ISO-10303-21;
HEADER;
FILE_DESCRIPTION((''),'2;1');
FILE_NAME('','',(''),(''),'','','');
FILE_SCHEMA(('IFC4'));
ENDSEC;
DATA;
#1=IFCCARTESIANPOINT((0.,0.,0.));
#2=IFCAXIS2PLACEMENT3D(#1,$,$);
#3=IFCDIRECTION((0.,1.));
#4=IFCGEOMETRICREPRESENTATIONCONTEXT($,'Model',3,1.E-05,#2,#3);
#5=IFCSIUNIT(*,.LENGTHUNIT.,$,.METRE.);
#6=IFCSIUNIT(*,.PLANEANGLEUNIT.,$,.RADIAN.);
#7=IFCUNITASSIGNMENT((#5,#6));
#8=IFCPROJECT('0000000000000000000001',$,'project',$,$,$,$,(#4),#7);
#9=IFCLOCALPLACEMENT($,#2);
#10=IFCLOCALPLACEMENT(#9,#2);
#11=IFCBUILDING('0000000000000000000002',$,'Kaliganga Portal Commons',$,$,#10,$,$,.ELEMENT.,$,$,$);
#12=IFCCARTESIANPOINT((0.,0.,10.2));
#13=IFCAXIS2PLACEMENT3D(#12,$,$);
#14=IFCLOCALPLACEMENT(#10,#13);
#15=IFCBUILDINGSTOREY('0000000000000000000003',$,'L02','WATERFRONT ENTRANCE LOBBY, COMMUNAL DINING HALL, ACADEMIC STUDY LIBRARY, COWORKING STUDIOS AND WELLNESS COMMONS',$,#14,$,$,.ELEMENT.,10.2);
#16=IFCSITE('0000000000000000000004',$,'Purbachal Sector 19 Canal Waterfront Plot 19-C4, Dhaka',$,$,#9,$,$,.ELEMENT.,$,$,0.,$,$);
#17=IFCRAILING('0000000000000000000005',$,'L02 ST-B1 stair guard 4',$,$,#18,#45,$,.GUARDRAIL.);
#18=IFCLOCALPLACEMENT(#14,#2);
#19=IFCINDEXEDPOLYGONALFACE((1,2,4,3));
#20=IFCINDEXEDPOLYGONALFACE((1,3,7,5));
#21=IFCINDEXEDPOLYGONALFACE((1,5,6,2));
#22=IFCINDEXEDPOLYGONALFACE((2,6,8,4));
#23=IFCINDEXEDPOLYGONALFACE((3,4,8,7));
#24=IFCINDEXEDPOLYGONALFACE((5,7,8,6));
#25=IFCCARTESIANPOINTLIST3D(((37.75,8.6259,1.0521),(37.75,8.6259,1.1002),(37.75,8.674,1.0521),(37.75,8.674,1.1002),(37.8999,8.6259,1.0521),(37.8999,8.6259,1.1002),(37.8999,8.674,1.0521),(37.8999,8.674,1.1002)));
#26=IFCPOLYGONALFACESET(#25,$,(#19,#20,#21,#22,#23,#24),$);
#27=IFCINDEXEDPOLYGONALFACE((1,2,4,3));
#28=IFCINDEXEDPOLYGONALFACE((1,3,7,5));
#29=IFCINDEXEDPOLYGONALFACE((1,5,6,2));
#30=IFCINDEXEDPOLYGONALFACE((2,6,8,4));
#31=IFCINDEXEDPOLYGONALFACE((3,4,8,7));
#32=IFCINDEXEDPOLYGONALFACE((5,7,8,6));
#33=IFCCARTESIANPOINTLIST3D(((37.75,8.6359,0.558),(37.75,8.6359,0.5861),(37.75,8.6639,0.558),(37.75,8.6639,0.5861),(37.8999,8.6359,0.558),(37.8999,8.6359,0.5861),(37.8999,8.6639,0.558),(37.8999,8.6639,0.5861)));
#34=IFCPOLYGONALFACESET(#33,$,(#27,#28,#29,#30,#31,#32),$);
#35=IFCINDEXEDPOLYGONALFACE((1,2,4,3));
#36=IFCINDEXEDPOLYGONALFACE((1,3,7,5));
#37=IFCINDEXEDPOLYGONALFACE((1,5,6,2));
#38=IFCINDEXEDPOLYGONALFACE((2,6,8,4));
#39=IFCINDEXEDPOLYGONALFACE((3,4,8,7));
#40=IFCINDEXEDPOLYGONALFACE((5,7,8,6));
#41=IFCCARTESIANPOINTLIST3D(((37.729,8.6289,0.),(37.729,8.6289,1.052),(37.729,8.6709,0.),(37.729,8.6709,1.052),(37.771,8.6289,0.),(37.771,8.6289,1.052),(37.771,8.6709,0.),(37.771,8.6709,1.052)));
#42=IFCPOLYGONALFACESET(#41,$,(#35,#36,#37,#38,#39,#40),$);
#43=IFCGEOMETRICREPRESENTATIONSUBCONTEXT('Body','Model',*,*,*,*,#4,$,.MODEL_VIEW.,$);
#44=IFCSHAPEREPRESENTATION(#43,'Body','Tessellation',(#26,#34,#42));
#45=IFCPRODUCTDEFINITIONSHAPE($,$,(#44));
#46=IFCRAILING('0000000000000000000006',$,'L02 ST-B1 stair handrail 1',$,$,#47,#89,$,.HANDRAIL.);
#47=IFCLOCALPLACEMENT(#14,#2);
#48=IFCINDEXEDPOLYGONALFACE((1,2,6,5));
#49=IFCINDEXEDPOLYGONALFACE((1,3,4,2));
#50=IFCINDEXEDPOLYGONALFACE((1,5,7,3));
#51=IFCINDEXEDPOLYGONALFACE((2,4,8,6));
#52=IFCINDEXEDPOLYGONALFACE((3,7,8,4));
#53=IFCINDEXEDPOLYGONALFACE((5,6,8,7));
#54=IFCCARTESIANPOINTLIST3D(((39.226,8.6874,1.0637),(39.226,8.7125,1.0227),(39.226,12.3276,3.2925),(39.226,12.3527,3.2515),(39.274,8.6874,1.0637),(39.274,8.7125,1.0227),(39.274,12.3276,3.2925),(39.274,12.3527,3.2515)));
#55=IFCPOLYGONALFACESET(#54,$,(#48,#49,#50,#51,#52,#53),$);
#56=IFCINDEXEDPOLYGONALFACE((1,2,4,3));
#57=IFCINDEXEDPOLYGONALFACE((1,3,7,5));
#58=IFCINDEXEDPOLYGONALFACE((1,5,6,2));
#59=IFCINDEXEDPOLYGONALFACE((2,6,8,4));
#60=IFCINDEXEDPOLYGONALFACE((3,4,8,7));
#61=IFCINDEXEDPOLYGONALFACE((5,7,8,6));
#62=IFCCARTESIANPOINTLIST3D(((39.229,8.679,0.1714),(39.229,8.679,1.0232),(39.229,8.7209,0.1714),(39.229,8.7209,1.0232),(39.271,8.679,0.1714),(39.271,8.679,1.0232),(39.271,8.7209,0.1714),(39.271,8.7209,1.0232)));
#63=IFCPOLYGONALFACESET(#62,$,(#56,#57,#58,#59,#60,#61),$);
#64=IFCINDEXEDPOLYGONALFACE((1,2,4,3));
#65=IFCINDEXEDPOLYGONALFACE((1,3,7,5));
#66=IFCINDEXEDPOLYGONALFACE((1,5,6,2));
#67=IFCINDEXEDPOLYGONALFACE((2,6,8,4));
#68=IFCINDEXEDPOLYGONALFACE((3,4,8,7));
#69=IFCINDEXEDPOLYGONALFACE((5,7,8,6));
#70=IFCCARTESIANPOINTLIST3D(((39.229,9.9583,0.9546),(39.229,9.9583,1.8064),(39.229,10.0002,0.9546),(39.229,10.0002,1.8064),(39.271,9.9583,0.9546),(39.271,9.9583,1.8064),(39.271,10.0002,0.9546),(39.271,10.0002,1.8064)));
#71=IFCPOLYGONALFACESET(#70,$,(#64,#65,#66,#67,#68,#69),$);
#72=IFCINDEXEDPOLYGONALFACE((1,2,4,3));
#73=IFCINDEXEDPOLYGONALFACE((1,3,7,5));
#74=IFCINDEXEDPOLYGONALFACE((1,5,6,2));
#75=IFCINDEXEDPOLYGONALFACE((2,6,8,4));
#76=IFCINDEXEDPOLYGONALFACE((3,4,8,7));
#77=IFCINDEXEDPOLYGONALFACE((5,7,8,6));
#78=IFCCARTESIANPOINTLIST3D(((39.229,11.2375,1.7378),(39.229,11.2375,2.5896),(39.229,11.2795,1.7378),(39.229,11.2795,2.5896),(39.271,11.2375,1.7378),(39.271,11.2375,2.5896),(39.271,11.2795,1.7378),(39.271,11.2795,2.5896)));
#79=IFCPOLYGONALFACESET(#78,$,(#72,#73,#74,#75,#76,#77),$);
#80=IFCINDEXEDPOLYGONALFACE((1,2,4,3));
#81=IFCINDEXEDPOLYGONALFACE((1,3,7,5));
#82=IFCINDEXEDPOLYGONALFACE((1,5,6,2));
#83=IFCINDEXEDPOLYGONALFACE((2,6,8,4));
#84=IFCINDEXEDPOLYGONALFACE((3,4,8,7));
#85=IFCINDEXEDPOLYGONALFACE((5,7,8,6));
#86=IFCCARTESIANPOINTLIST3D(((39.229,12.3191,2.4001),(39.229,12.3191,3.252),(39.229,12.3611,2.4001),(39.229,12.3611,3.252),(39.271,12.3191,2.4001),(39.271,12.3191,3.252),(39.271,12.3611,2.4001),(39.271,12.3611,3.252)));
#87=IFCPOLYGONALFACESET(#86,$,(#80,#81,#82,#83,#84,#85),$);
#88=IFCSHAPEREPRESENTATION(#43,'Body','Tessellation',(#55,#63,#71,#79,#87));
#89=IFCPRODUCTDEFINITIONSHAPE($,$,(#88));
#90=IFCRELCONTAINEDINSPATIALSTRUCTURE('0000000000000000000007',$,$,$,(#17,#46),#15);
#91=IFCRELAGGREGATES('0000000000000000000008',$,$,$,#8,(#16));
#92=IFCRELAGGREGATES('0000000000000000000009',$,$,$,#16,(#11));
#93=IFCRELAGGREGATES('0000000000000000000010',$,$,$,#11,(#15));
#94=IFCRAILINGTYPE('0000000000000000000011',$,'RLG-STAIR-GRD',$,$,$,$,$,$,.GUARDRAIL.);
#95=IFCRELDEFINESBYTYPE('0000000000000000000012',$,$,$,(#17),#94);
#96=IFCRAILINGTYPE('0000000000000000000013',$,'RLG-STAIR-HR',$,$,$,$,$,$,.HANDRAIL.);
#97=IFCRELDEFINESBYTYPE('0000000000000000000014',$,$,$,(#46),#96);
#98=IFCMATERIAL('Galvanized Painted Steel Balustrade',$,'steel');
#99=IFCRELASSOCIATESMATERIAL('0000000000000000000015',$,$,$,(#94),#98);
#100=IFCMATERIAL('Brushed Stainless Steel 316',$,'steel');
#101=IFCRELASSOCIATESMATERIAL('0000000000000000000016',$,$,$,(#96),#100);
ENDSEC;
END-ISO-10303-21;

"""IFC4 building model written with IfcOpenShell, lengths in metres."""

from ifc_helpers import new_model, si_unit, direction, frame, origin, origin_2d, place, context, subcontext, project, spatial, rectangle, extrude, material, type_object, element, save


model = new_model("IFC4")

# Units and contexts
model_context = context("Model", 3, precision=1e-05, world=origin(), true_north=direction((0.0, 1.0)))
body_context = subcontext(model_context, "Body", "Model", "MODEL_VIEW")
ifc_project = project(units=[si_unit("LENGTHUNIT", "METRE"), si_unit("PLANEANGLEUNIT", "RADIAN")], contexts=[model_context])

# Site, building, storey
site_placement = place(None, origin())
site = spatial("IfcSite", under=ifc_project, at=site_placement, Name="Purbachal Sector 19 Canal Waterfront Plot 19-C4, Dhaka", CompositionType="ELEMENT", RefElevation=0.0)
building_placement = place(site_placement, origin())
building = spatial("IfcBuilding", under=site, at=building_placement, Name="Kaliganga Portal Commons", CompositionType="ELEMENT")
storey_placement = place(building_placement, frame((0.0, 0.0, 10.2)))
storey = spatial("IfcBuildingStorey", under=building, at=storey_placement, Name="L02", Description="WATERFRONT ENTRANCE LOBBY, COMMUNAL DINING HALL, ACADEMIC STUDY LIBRARY, COWORKING STUDIOS AND WELLNESS COMMONS", CompositionType="ELEMENT", Elevation=10.2)

# Railings
ifc_material_1 = material(Name="Galvanized Painted Steel Balustrade", Category="steel")
railing_type_1 = type_object("IfcRailingType", Name="RLG-STAIR-GRD", PredefinedType="GUARDRAIL", material=ifc_material_1)
railing_1_placement = place(storey_placement, frame((37.8999, 8.6499, 0.0)))
element("IfcRailing", 1, at=railing_1_placement, inside=storey, type_object=railing_type_1, Name="L02 ST-B1 stair guard 4", PredefinedType="GUARDRAIL", context=body_context, shape_type="SweptSolid", body=[
    extrude(rectangle(XDim=0.0481, YDim=0.0481, at=origin_2d()), frame((0.0, 0.0, 1.0762), z_axis=(-1.0, 0.0, 0.0), x_axis=(0.0, -1.0, 0.0)), (0.0, 0.0, 1.0), 0.1499),
    extrude(rectangle(XDim=0.0281, YDim=0.0281, at=origin_2d()), frame((0.0, 0.0, 0.572), z_axis=(-1.0, 0.0, 0.0), x_axis=(0.0, -1.0, 0.0)), (0.0, 0.0, 1.0), 0.1499),
    extrude(rectangle(XDim=0.042, YDim=0.042, at=origin_2d()), frame((-0.1499, 0.0, 0.0)), (0.0, 0.0, 1.0), 1.052),
])
ifc_material_2 = material(Name="Brushed Stainless Steel 316", Category="steel")
railing_type_2 = type_object("IfcRailingType", Name="RLG-STAIR-HR", PredefinedType="HANDRAIL", material=ifc_material_2)
railing_2_placement = place(storey_placement, frame((39.25, 8.7, 0.1714)))
element("IfcRailing", 2, at=railing_2_placement, inside=storey, type_object=railing_type_2, Name="L02 ST-B1 stair handrail 1", PredefinedType="HANDRAIL", context=body_context, shape_type="SweptSolid", body=[
    extrude(rectangle(XDim=0.0481, YDim=0.0481, at=origin_2d()), frame((0.0, 0.0, 0.8718), z_axis=(0.0, 0.85284, 0.522172), x_axis=(-1.0, 0.0, 0.0)), (0.0, 0.0, 1.0), 4.2683),
    extrude(rectangle(XDim=0.042, YDim=0.042, at=origin_2d()), origin(), (0.0, 0.0, 1.0), 0.8518),
    extrude(rectangle(XDim=0.042, YDim=0.042, at=origin_2d()), frame((0.0, 1.2793, 0.7832)), (0.0, 0.0, 1.0), 0.8518),
    extrude(rectangle(XDim=0.042, YDim=0.042, at=origin_2d()), frame((0.0, 2.5586, 1.5664)), (0.0, 0.0, 1.0), 0.8518),
    extrude(rectangle(XDim=0.042, YDim=0.042, at=origin_2d()), frame((0.0, 3.6401, 2.2288)), (0.0, 0.0, 1.0), 0.8518),
])

save(model, "model.ifc")
